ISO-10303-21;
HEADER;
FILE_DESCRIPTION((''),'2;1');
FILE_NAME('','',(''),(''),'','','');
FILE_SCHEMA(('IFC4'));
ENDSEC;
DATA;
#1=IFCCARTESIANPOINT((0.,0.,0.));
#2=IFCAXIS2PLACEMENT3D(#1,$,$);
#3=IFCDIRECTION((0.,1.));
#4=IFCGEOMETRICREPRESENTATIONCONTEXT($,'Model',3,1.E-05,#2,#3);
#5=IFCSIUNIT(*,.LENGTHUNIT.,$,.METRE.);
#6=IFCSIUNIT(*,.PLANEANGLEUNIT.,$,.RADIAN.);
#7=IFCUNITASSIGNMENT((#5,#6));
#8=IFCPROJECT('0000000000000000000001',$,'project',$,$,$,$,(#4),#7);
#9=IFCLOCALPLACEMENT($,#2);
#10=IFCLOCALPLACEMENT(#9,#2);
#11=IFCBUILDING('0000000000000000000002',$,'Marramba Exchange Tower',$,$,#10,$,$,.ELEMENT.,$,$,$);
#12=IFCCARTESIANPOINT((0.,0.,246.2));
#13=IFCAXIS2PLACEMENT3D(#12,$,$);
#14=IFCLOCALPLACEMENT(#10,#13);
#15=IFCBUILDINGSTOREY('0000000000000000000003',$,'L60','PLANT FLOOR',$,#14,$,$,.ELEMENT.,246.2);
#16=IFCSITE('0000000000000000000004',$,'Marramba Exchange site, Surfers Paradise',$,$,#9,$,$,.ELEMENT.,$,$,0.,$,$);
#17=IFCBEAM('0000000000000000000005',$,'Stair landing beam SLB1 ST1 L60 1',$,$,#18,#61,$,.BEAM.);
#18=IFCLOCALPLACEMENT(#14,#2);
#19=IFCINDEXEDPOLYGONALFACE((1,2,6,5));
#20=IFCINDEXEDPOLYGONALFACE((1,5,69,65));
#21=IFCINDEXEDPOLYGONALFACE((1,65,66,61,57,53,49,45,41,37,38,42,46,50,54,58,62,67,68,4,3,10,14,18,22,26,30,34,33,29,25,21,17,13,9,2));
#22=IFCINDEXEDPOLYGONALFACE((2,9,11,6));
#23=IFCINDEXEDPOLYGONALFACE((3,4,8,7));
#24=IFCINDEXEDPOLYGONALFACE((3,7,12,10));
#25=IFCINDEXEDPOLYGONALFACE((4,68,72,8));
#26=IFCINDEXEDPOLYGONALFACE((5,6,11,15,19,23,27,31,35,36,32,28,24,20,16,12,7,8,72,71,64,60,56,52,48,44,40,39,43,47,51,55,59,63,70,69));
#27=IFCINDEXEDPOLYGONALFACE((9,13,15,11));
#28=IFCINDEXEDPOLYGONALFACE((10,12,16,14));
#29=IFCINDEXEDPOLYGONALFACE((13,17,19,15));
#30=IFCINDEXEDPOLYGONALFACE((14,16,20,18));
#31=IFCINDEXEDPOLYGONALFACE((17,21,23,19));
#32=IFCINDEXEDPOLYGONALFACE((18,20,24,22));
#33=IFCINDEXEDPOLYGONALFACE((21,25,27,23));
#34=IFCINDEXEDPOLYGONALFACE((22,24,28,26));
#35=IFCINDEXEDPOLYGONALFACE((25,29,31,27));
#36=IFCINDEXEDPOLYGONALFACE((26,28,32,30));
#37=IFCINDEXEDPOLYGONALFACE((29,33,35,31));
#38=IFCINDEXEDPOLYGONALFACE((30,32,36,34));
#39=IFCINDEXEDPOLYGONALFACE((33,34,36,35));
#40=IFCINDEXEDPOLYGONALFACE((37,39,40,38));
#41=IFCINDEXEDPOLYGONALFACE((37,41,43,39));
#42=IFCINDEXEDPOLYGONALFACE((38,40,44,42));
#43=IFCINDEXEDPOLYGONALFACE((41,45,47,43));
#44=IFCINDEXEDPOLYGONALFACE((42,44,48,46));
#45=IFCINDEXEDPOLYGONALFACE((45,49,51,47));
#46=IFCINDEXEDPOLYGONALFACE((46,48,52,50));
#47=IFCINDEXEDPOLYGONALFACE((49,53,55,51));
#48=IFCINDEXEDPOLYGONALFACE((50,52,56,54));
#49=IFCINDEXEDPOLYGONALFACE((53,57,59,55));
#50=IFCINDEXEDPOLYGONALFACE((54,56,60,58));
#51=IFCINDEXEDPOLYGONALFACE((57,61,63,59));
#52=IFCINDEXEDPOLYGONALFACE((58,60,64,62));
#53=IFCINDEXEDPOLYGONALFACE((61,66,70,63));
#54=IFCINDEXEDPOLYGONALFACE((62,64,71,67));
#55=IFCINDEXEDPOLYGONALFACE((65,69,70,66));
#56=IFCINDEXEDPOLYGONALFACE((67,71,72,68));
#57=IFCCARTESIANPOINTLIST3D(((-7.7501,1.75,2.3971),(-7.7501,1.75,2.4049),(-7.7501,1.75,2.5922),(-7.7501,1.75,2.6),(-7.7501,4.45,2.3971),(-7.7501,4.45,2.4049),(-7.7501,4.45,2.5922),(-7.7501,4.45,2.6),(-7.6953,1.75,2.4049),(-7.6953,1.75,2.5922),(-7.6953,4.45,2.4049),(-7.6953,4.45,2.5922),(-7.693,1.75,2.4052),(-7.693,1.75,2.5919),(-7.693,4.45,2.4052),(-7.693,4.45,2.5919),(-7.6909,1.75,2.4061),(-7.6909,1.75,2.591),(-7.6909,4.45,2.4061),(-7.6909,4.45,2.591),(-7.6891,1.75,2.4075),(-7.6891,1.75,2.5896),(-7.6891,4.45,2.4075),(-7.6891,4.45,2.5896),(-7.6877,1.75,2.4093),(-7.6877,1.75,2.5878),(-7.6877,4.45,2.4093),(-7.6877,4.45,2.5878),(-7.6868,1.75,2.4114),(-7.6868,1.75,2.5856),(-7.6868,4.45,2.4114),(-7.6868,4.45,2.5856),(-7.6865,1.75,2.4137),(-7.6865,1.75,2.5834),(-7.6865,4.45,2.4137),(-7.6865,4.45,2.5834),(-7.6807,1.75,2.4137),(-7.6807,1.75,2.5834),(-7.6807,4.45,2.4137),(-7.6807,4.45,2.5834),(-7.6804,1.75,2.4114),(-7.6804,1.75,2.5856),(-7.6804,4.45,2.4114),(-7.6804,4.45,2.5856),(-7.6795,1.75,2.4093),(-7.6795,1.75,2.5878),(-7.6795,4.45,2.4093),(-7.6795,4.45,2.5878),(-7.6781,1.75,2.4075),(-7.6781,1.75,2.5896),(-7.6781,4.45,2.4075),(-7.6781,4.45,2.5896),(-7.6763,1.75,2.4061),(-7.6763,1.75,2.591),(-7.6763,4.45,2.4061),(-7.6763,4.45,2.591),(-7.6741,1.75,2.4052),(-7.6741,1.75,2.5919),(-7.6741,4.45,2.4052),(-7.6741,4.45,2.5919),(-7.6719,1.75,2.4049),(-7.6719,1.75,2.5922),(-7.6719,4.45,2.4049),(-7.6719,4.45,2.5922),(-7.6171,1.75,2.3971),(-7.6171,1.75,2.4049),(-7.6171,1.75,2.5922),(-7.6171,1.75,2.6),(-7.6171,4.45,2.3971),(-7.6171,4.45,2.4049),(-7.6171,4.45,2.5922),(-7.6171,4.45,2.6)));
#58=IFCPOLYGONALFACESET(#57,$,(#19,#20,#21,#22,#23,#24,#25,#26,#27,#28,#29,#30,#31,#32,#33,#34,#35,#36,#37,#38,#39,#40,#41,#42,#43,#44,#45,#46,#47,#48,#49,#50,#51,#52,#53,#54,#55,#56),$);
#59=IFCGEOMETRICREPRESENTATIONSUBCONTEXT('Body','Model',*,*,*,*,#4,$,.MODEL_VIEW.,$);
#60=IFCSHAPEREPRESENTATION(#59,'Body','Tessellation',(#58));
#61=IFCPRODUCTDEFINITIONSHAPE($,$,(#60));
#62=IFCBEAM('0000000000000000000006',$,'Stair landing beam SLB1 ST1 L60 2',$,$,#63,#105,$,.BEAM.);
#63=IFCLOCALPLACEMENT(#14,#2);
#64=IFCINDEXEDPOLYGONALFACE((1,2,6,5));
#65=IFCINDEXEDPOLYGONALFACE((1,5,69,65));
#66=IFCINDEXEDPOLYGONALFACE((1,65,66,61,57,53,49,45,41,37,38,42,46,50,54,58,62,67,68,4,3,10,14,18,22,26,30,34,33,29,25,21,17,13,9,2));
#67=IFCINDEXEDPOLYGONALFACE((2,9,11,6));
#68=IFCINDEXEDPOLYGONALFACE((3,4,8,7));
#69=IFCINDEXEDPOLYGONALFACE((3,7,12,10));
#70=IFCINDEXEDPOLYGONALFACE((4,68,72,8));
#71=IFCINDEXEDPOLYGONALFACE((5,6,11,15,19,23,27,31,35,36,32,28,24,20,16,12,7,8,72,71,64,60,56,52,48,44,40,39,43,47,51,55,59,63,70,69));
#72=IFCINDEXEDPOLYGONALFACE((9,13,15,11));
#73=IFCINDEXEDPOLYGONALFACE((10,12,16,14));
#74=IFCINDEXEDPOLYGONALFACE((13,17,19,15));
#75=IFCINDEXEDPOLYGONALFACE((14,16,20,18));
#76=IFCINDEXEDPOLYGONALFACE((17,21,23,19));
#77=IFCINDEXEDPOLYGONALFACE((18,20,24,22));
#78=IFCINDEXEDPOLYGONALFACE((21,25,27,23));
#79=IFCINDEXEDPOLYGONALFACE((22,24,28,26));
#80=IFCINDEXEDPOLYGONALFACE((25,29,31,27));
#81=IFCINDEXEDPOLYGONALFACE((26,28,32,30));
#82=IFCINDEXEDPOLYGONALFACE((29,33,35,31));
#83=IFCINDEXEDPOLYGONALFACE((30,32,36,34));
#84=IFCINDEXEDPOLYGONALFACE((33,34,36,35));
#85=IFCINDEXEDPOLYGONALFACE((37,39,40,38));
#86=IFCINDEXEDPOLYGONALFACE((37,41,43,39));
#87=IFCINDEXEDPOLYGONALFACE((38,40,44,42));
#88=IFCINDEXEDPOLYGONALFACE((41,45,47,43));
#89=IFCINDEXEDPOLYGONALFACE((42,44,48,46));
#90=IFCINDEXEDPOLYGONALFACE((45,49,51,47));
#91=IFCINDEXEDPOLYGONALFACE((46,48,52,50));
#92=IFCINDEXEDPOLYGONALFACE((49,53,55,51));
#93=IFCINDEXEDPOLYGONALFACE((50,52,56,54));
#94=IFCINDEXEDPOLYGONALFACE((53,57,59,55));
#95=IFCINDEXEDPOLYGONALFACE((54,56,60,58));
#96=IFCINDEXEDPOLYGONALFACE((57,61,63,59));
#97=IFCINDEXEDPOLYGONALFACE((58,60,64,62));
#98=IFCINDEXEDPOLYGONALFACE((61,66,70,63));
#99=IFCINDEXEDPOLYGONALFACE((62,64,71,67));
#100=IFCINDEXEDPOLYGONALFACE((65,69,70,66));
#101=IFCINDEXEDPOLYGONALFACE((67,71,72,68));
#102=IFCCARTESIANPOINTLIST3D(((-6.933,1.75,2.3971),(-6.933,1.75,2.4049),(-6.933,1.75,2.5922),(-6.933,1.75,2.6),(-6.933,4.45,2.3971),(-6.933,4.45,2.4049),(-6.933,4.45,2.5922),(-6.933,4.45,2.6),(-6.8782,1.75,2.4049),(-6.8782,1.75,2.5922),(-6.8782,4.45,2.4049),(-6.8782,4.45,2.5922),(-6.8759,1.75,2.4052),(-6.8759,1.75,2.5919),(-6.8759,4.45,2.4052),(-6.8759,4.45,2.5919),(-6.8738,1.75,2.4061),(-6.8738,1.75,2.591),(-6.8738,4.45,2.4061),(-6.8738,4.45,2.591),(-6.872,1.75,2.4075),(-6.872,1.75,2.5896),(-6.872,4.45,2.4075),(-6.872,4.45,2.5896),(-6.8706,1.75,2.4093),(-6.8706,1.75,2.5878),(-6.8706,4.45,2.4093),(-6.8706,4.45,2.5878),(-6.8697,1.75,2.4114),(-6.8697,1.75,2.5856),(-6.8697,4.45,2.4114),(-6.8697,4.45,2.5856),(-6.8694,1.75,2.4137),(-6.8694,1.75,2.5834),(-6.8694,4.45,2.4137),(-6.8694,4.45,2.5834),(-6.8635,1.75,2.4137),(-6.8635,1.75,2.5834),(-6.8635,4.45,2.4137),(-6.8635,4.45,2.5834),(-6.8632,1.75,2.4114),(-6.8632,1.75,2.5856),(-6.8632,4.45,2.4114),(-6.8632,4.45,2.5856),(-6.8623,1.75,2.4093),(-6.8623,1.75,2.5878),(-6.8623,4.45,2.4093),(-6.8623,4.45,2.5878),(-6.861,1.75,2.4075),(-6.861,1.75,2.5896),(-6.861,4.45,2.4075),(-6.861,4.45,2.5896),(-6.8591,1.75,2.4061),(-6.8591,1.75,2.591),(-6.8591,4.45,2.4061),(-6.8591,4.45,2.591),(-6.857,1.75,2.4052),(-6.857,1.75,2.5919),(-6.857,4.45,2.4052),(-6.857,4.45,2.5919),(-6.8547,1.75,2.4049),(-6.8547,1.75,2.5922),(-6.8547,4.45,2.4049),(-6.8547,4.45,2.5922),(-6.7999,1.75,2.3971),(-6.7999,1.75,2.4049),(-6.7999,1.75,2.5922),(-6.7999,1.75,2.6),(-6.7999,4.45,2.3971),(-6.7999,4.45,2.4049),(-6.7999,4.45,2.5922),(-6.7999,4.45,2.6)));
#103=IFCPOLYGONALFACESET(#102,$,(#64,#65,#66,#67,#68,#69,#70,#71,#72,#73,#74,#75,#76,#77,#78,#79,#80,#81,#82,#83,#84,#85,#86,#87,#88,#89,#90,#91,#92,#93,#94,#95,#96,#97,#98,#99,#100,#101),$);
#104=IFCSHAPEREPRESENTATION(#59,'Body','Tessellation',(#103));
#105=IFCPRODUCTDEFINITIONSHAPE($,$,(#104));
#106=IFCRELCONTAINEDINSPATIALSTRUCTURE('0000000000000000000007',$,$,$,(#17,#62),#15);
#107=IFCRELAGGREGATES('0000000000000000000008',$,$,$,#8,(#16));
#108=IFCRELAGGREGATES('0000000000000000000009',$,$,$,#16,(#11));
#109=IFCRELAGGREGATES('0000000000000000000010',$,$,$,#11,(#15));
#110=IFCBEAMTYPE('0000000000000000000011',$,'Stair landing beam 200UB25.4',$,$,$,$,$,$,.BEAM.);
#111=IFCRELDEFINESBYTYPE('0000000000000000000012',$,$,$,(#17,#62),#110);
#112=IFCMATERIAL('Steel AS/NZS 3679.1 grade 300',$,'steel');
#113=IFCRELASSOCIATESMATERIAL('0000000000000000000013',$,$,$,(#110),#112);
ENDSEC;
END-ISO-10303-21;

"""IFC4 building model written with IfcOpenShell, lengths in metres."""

from ifc_helpers import new_model, si_unit, direction, frame, origin, origin_2d, place, context, subcontext, project, spatial, i_section, extrude, material, material_profile, profile_set, type_object, element, save


model = new_model("IFC4")

# Units and contexts
model_context = context("Model", 3, precision=1e-05, world=origin(), true_north=direction((0.0, 1.0)))
body_context = subcontext(model_context, "Body", "Model", "MODEL_VIEW")
ifc_project = project(units=[si_unit("LENGTHUNIT", "METRE"), si_unit("PLANEANGLEUNIT", "RADIAN")], contexts=[model_context])

# Site, building, storey
site_placement = place(None, origin())
site = spatial("IfcSite", under=ifc_project, at=site_placement, Name="Marramba Exchange site, Surfers Paradise", CompositionType="ELEMENT", RefElevation=0.0)
building_placement = place(site_placement, origin())
building = spatial("IfcBuilding", under=site, at=building_placement, Name="Marramba Exchange Tower", CompositionType="ELEMENT")
storey_placement = place(building_placement, frame((0.0, 0.0, 246.2)))
storey = spatial("IfcBuildingStorey", under=building, at=storey_placement, Name="L60", Description="PLANT FLOOR", CompositionType="ELEMENT", Elevation=246.2)

# Shared definitions
ifc_material_1 = material(Name="Steel AS/NZS 3679.1 grade 300", Category="steel")

# Beams
ifc_material_profile_1 = material_profile(ifc_material_1, i_section(OverallWidth=0.1331, OverallDepth=0.2029, WebThickness=0.0059, FlangeThickness=0.0078, FilletRadius=0.0088, at=origin_2d()), Name="200UB25.4")
ifc_profile_set_1 = profile_set([ifc_material_profile_1], Name="Steel AS/NZS 3679.1 grade 300")
beam_type_1 = type_object("IfcBeamType", Name="Stair landing beam 200UB25.4", PredefinedType="BEAM", material=ifc_profile_set_1)
for number, where, z_axis, x_axis, name in (
    (1, (-7.6836, 1.75, 2.4985), (0.0, 1.0, 0.0), (-1.0, 0.0, 0.0), "Stair landing beam SLB1 ST1 L60 1"),
    (2, (-6.8665, 1.75, 2.4985), (0.0, 1.0, 0.0), (-1.0, 0.0, 0.0), "Stair landing beam SLB1 ST1 L60 2"),
):
    element("IfcBeam", number, at=place(storey_placement, frame(where, z_axis=z_axis, x_axis=x_axis)), inside=storey, type_object=beam_type_1, Name=name, PredefinedType="BEAM", context=body_context, shape_type="SweptSolid", body=[
        extrude(i_section(OverallWidth=0.1331, OverallDepth=0.2029, WebThickness=0.0059, FlangeThickness=0.0078, FilletRadius=0.0088, at=origin_2d()), origin(), (0.0, 0.0, 1.0), 2.7),
    ])

save(model, "model.ifc")
